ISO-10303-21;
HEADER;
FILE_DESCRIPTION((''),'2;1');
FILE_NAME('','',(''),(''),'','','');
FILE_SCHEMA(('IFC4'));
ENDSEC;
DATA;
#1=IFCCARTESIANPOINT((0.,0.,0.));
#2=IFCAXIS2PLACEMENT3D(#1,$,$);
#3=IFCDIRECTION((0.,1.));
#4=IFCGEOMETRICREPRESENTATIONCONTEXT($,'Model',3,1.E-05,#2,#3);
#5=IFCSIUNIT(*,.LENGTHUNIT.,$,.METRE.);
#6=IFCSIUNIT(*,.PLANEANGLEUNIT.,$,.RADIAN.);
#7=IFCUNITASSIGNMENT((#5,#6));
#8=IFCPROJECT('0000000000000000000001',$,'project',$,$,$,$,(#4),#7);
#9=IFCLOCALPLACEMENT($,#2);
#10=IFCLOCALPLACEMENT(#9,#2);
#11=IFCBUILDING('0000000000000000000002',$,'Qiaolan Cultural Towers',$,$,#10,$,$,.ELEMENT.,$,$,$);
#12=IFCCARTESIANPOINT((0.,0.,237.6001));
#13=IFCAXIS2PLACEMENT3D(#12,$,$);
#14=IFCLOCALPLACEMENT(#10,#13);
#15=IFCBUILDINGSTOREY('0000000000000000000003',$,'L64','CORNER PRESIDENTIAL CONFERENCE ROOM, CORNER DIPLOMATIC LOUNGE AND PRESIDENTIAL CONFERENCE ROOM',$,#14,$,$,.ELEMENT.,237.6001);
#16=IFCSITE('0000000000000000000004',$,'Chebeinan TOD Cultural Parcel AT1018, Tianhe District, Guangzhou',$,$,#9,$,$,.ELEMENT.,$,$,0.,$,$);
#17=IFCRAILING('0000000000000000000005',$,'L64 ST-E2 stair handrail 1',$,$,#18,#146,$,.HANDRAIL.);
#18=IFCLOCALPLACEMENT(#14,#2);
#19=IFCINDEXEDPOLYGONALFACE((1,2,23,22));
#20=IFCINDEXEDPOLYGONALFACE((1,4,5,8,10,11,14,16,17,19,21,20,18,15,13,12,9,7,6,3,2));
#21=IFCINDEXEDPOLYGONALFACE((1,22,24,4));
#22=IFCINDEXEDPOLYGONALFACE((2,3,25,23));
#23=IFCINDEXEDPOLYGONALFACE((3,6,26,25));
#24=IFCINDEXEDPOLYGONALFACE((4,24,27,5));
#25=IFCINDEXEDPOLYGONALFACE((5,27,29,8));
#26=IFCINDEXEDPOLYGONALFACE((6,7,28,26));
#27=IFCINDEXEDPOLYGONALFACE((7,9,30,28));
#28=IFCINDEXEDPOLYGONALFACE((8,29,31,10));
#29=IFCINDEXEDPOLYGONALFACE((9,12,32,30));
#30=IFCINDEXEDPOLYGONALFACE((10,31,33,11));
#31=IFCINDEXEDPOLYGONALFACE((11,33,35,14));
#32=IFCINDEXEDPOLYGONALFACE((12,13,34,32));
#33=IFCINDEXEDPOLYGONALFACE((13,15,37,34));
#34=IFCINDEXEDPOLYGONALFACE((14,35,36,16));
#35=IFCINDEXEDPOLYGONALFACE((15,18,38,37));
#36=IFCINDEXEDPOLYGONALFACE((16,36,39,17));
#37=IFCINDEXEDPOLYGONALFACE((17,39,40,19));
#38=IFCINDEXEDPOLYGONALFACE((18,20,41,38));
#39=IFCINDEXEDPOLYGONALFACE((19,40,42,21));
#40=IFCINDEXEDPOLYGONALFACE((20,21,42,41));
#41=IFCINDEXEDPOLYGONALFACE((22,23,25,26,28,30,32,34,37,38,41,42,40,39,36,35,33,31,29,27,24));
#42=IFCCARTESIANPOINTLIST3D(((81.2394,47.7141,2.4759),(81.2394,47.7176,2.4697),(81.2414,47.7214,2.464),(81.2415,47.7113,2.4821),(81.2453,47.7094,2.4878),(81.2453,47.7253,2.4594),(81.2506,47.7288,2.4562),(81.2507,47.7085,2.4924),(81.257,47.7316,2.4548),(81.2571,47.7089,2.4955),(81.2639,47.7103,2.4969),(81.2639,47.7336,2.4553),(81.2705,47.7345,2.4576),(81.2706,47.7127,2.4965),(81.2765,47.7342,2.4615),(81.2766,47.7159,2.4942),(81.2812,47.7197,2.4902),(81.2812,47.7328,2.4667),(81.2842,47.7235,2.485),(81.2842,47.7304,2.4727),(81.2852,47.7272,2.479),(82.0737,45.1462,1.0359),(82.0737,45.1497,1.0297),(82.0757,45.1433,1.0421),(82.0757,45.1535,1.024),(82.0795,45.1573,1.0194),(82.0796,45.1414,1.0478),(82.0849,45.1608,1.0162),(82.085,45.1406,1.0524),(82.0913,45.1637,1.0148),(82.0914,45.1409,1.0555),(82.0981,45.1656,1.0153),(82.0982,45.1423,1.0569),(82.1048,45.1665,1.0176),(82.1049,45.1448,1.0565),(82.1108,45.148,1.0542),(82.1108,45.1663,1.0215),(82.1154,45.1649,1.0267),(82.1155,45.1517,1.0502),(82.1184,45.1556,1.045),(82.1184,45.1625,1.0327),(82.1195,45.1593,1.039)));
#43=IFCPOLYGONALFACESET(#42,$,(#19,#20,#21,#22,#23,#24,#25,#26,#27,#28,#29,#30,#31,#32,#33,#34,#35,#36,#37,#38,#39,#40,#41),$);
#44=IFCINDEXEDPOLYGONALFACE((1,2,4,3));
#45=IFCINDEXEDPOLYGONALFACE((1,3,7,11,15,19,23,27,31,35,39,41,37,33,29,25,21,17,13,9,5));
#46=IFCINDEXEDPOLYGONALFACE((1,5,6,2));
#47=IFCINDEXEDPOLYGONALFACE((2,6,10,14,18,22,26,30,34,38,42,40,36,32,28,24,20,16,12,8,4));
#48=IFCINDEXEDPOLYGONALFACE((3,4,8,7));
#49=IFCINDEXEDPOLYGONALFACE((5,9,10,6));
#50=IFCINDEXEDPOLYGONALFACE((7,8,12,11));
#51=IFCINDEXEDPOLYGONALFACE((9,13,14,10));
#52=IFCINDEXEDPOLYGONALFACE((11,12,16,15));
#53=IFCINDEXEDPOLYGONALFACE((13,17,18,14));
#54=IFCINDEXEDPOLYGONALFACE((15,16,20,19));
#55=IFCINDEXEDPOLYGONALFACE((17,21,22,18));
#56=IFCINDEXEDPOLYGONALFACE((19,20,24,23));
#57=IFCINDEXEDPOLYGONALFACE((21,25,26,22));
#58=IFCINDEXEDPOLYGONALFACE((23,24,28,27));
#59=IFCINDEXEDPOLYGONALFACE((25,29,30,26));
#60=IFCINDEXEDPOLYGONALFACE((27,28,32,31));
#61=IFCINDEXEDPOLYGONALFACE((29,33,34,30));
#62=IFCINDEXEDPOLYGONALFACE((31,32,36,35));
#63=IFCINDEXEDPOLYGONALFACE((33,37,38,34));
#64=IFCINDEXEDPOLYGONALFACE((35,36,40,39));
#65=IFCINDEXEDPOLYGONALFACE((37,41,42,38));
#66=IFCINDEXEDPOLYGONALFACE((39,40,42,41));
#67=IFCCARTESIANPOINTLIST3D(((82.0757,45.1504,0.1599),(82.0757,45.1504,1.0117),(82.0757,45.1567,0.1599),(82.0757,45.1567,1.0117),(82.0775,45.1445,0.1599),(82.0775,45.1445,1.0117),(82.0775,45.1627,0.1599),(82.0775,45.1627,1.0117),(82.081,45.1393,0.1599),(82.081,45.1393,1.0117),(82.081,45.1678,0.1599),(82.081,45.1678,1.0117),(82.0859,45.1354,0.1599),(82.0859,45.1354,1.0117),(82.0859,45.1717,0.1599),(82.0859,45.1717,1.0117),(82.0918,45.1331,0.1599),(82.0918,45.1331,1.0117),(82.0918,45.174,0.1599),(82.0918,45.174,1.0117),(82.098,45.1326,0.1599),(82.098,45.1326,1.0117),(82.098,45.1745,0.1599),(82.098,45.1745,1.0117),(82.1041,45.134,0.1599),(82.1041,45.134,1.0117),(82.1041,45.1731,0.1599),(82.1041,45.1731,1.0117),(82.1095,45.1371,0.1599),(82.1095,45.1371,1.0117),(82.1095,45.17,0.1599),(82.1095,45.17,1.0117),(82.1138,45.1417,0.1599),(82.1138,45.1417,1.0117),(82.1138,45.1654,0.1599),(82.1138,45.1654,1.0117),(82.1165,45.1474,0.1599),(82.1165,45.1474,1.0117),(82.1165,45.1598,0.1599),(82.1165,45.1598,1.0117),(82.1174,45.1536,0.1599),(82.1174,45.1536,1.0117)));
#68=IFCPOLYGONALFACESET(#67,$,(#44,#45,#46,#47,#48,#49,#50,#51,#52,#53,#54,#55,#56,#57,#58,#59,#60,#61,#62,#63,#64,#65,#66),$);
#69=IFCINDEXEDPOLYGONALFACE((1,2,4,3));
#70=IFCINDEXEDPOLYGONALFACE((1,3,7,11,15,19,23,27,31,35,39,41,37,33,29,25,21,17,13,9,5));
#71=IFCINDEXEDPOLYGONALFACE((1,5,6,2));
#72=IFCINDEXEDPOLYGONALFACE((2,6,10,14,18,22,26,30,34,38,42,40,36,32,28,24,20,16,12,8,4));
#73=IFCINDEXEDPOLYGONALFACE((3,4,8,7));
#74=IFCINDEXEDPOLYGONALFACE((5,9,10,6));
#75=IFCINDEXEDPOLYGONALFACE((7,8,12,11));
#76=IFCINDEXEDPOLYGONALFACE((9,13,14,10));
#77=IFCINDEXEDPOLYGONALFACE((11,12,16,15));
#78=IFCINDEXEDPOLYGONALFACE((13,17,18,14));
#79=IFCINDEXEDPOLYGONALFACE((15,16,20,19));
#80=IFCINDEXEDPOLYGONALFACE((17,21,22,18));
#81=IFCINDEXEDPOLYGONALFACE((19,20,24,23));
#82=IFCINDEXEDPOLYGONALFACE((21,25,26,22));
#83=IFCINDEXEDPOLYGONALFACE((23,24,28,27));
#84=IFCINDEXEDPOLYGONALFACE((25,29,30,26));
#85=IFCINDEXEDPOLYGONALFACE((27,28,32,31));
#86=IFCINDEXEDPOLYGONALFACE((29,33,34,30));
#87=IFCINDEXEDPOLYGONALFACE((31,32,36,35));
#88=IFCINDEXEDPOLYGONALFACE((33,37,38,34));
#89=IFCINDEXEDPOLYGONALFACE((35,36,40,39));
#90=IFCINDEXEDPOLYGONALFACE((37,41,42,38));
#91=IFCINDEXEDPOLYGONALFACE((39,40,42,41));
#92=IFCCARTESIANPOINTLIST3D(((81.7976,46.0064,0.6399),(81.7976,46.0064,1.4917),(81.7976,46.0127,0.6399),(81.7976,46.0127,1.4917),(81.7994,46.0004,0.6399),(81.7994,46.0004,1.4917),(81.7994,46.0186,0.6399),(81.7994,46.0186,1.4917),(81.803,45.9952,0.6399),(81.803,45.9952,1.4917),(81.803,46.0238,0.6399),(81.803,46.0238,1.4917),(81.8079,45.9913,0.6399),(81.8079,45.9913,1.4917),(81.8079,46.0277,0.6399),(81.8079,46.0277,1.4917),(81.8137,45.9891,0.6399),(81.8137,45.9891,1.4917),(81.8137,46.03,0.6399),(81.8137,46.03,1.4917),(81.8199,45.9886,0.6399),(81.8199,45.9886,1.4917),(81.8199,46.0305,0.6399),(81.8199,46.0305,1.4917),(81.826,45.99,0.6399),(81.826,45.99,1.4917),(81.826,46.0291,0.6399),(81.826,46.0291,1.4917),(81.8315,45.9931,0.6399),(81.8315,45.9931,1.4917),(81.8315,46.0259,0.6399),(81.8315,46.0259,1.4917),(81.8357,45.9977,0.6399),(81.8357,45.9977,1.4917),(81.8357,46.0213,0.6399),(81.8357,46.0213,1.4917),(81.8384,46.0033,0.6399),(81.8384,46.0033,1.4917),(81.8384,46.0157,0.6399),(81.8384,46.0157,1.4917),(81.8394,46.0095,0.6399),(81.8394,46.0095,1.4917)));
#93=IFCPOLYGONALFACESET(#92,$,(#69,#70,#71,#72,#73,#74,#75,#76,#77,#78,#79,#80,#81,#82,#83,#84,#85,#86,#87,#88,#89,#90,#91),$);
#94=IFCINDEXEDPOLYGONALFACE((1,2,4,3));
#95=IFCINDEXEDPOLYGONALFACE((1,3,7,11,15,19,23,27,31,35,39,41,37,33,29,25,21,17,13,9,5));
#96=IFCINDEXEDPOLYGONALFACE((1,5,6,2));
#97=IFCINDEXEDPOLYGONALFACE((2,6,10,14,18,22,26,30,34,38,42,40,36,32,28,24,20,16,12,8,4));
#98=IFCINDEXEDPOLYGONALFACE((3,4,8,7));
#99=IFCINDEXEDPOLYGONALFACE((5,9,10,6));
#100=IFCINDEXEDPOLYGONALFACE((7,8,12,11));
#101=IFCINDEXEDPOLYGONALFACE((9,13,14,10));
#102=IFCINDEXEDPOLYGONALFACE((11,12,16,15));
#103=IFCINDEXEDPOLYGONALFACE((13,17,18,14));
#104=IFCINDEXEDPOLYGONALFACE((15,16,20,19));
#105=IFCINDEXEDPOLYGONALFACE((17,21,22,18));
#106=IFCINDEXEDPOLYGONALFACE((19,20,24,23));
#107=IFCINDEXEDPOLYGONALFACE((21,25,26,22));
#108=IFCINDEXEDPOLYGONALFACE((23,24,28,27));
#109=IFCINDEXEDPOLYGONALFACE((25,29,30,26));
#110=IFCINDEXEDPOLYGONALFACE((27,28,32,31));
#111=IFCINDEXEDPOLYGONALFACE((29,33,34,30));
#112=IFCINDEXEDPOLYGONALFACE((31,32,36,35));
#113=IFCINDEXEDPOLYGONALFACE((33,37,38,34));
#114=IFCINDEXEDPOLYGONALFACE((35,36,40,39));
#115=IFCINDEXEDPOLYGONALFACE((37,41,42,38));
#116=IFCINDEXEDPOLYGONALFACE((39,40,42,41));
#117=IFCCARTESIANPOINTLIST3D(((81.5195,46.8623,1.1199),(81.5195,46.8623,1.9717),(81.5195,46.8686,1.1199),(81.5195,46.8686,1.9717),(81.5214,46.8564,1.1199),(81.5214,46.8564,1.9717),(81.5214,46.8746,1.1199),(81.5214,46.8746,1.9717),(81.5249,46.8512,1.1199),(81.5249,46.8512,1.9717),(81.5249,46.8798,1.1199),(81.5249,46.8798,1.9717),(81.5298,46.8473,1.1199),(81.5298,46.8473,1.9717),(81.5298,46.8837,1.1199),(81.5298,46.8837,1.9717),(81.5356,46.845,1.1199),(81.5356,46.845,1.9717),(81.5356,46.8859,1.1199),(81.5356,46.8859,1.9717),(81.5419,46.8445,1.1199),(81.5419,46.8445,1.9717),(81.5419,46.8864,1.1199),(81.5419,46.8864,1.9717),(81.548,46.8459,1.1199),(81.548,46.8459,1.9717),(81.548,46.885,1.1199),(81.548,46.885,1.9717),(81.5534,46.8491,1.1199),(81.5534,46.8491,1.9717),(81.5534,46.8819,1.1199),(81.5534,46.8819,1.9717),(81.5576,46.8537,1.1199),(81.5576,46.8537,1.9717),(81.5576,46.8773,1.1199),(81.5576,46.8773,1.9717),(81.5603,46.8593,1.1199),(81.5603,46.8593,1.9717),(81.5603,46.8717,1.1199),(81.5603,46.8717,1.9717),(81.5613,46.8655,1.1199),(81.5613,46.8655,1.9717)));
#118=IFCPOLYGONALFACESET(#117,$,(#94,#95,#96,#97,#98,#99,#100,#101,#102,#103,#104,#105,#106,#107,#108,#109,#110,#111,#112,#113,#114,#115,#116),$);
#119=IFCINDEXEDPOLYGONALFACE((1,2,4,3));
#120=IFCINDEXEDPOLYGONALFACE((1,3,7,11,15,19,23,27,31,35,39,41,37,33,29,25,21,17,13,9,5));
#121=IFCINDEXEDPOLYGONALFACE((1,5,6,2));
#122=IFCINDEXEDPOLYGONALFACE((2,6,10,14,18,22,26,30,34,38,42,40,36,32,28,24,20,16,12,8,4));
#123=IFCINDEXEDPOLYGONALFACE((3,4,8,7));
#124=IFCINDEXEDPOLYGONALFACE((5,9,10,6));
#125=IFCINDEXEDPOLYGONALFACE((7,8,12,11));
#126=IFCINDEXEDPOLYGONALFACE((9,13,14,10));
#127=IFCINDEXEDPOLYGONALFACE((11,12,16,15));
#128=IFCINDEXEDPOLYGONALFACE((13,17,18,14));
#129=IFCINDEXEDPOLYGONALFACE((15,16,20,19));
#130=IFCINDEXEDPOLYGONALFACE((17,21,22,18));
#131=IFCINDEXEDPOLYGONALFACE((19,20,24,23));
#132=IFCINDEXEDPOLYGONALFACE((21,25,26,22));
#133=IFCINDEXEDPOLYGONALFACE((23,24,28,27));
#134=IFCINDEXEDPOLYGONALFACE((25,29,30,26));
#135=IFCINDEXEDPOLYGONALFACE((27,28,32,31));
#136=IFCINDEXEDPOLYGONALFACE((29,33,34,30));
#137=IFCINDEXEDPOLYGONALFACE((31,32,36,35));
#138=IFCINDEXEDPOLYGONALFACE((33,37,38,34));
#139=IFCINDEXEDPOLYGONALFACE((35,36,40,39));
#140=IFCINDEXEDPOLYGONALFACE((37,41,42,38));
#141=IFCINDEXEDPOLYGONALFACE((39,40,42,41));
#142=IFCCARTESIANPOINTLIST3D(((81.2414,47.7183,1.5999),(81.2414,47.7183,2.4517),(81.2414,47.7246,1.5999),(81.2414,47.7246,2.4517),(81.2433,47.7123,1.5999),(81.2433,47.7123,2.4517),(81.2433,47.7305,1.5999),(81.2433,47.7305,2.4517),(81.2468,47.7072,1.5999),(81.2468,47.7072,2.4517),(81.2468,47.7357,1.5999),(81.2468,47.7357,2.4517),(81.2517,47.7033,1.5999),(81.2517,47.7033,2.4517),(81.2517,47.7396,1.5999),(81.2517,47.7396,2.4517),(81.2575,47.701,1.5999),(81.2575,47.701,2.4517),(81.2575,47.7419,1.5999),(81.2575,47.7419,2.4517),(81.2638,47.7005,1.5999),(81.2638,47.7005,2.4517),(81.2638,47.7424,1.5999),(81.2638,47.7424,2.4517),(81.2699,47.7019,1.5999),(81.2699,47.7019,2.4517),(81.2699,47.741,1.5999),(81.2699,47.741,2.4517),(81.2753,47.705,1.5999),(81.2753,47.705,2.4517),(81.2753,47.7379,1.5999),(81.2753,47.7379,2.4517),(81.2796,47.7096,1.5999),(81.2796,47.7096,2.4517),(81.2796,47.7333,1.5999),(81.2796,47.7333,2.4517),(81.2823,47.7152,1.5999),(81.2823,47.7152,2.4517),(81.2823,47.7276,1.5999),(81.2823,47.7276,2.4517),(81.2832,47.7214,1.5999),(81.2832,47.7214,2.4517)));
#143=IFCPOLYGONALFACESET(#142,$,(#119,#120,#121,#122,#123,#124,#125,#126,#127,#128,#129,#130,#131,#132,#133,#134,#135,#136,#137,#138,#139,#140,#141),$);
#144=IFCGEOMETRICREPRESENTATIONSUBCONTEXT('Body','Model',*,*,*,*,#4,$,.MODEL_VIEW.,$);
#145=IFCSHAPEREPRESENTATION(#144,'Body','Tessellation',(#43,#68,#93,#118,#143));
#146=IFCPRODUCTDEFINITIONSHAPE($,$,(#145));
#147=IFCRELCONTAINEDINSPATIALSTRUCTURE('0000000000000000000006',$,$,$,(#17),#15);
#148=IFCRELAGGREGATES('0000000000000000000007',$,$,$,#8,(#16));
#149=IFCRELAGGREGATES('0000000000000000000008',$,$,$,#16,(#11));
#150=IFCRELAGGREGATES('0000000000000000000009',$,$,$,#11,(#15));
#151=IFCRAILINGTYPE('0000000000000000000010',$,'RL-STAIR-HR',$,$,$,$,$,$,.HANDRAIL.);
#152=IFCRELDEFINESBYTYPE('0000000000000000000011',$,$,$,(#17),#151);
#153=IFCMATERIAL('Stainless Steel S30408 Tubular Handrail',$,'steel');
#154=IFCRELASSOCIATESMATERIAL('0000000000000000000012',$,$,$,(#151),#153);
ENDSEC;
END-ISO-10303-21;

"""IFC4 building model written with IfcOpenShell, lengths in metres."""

from ifc_helpers import new_model, si_unit, direction, frame, origin, origin_2d, place, context, subcontext, project, spatial, circle, extrude, material, type_object, element, save


model = new_model("IFC4")

# Units and contexts
model_context = context("Model", 3, precision=1e-05, world=origin(), true_north=direction((0.0, 1.0)))
body_context = subcontext(model_context, "Body", "Model", "MODEL_VIEW")
ifc_project = project(units=[si_unit("LENGTHUNIT", "METRE"), si_unit("PLANEANGLEUNIT", "RADIAN")], contexts=[model_context])

# Site, building, storey
site_placement = place(None, origin())
site = spatial("IfcSite", under=ifc_project, at=site_placement, Name="Chebeinan TOD Cultural Parcel AT1018, Tianhe District, Guangzhou", CompositionType="ELEMENT", RefElevation=0.0)
building_placement = place(site_placement, origin())
building = spatial("IfcBuilding", under=site, at=building_placement, Name="Qiaolan Cultural Towers", CompositionType="ELEMENT")
storey_placement = place(building_placement, frame((0.0, 0.0, 237.6001)))
storey = spatial("IfcBuildingStorey", under=building, at=storey_placement, Name="L64", Description="CORNER PRESIDENTIAL CONFERENCE ROOM, CORNER DIPLOMATIC LOUNGE AND PRESIDENTIAL CONFERENCE ROOM", CompositionType="ELEMENT", Elevation=237.6001)

# Railing
ifc_material_1 = material(Name="Stainless Steel S30408 Tubular Handrail", Category="steel")
railing_type_1 = type_object("IfcRailingType", Name="RL-STAIR-HR", PredefinedType="HANDRAIL", material=ifc_material_1)
railing_1_placement = place(storey_placement, frame((82.0964, 45.1536, 0.1599)))
element("IfcRailing", 1, at=railing_1_placement, inside=storey, type_object=railing_type_1, Name="L64 ST-E2 stair handrail 1", PredefinedType="HANDRAIL", context=body_context, shape_type="SweptSolid", body=[
    extrude(circle(Radius=0.0239, at=origin_2d()), frame((0.0, 0.0, 0.876), z_axis=(-0.272628, 0.839186, 0.470576), x_axis=(-0.95107, -0.308976, 0.0)), (0.0, 0.0, 1.0), 3.0601),
    extrude(circle(Radius=0.021, at=origin_2d()), origin(), (0.0, 0.0, 1.0), 0.8518),
    extrude(circle(Radius=0.021, at=origin_2d()), frame((-0.2781, 0.856, 0.48)), (0.0, 0.0, 1.0), 0.8518),
    extrude(circle(Radius=0.021, at=origin_2d()), frame((-0.5562, 1.7119, 0.96)), (0.0, 0.0, 1.0), 0.8518),
    extrude(circle(Radius=0.021, at=origin_2d()), frame((-0.8342, 2.5679, 1.4399)), (0.0, 0.0, 1.0), 0.8518),
])

save(model, "model.ifc")
